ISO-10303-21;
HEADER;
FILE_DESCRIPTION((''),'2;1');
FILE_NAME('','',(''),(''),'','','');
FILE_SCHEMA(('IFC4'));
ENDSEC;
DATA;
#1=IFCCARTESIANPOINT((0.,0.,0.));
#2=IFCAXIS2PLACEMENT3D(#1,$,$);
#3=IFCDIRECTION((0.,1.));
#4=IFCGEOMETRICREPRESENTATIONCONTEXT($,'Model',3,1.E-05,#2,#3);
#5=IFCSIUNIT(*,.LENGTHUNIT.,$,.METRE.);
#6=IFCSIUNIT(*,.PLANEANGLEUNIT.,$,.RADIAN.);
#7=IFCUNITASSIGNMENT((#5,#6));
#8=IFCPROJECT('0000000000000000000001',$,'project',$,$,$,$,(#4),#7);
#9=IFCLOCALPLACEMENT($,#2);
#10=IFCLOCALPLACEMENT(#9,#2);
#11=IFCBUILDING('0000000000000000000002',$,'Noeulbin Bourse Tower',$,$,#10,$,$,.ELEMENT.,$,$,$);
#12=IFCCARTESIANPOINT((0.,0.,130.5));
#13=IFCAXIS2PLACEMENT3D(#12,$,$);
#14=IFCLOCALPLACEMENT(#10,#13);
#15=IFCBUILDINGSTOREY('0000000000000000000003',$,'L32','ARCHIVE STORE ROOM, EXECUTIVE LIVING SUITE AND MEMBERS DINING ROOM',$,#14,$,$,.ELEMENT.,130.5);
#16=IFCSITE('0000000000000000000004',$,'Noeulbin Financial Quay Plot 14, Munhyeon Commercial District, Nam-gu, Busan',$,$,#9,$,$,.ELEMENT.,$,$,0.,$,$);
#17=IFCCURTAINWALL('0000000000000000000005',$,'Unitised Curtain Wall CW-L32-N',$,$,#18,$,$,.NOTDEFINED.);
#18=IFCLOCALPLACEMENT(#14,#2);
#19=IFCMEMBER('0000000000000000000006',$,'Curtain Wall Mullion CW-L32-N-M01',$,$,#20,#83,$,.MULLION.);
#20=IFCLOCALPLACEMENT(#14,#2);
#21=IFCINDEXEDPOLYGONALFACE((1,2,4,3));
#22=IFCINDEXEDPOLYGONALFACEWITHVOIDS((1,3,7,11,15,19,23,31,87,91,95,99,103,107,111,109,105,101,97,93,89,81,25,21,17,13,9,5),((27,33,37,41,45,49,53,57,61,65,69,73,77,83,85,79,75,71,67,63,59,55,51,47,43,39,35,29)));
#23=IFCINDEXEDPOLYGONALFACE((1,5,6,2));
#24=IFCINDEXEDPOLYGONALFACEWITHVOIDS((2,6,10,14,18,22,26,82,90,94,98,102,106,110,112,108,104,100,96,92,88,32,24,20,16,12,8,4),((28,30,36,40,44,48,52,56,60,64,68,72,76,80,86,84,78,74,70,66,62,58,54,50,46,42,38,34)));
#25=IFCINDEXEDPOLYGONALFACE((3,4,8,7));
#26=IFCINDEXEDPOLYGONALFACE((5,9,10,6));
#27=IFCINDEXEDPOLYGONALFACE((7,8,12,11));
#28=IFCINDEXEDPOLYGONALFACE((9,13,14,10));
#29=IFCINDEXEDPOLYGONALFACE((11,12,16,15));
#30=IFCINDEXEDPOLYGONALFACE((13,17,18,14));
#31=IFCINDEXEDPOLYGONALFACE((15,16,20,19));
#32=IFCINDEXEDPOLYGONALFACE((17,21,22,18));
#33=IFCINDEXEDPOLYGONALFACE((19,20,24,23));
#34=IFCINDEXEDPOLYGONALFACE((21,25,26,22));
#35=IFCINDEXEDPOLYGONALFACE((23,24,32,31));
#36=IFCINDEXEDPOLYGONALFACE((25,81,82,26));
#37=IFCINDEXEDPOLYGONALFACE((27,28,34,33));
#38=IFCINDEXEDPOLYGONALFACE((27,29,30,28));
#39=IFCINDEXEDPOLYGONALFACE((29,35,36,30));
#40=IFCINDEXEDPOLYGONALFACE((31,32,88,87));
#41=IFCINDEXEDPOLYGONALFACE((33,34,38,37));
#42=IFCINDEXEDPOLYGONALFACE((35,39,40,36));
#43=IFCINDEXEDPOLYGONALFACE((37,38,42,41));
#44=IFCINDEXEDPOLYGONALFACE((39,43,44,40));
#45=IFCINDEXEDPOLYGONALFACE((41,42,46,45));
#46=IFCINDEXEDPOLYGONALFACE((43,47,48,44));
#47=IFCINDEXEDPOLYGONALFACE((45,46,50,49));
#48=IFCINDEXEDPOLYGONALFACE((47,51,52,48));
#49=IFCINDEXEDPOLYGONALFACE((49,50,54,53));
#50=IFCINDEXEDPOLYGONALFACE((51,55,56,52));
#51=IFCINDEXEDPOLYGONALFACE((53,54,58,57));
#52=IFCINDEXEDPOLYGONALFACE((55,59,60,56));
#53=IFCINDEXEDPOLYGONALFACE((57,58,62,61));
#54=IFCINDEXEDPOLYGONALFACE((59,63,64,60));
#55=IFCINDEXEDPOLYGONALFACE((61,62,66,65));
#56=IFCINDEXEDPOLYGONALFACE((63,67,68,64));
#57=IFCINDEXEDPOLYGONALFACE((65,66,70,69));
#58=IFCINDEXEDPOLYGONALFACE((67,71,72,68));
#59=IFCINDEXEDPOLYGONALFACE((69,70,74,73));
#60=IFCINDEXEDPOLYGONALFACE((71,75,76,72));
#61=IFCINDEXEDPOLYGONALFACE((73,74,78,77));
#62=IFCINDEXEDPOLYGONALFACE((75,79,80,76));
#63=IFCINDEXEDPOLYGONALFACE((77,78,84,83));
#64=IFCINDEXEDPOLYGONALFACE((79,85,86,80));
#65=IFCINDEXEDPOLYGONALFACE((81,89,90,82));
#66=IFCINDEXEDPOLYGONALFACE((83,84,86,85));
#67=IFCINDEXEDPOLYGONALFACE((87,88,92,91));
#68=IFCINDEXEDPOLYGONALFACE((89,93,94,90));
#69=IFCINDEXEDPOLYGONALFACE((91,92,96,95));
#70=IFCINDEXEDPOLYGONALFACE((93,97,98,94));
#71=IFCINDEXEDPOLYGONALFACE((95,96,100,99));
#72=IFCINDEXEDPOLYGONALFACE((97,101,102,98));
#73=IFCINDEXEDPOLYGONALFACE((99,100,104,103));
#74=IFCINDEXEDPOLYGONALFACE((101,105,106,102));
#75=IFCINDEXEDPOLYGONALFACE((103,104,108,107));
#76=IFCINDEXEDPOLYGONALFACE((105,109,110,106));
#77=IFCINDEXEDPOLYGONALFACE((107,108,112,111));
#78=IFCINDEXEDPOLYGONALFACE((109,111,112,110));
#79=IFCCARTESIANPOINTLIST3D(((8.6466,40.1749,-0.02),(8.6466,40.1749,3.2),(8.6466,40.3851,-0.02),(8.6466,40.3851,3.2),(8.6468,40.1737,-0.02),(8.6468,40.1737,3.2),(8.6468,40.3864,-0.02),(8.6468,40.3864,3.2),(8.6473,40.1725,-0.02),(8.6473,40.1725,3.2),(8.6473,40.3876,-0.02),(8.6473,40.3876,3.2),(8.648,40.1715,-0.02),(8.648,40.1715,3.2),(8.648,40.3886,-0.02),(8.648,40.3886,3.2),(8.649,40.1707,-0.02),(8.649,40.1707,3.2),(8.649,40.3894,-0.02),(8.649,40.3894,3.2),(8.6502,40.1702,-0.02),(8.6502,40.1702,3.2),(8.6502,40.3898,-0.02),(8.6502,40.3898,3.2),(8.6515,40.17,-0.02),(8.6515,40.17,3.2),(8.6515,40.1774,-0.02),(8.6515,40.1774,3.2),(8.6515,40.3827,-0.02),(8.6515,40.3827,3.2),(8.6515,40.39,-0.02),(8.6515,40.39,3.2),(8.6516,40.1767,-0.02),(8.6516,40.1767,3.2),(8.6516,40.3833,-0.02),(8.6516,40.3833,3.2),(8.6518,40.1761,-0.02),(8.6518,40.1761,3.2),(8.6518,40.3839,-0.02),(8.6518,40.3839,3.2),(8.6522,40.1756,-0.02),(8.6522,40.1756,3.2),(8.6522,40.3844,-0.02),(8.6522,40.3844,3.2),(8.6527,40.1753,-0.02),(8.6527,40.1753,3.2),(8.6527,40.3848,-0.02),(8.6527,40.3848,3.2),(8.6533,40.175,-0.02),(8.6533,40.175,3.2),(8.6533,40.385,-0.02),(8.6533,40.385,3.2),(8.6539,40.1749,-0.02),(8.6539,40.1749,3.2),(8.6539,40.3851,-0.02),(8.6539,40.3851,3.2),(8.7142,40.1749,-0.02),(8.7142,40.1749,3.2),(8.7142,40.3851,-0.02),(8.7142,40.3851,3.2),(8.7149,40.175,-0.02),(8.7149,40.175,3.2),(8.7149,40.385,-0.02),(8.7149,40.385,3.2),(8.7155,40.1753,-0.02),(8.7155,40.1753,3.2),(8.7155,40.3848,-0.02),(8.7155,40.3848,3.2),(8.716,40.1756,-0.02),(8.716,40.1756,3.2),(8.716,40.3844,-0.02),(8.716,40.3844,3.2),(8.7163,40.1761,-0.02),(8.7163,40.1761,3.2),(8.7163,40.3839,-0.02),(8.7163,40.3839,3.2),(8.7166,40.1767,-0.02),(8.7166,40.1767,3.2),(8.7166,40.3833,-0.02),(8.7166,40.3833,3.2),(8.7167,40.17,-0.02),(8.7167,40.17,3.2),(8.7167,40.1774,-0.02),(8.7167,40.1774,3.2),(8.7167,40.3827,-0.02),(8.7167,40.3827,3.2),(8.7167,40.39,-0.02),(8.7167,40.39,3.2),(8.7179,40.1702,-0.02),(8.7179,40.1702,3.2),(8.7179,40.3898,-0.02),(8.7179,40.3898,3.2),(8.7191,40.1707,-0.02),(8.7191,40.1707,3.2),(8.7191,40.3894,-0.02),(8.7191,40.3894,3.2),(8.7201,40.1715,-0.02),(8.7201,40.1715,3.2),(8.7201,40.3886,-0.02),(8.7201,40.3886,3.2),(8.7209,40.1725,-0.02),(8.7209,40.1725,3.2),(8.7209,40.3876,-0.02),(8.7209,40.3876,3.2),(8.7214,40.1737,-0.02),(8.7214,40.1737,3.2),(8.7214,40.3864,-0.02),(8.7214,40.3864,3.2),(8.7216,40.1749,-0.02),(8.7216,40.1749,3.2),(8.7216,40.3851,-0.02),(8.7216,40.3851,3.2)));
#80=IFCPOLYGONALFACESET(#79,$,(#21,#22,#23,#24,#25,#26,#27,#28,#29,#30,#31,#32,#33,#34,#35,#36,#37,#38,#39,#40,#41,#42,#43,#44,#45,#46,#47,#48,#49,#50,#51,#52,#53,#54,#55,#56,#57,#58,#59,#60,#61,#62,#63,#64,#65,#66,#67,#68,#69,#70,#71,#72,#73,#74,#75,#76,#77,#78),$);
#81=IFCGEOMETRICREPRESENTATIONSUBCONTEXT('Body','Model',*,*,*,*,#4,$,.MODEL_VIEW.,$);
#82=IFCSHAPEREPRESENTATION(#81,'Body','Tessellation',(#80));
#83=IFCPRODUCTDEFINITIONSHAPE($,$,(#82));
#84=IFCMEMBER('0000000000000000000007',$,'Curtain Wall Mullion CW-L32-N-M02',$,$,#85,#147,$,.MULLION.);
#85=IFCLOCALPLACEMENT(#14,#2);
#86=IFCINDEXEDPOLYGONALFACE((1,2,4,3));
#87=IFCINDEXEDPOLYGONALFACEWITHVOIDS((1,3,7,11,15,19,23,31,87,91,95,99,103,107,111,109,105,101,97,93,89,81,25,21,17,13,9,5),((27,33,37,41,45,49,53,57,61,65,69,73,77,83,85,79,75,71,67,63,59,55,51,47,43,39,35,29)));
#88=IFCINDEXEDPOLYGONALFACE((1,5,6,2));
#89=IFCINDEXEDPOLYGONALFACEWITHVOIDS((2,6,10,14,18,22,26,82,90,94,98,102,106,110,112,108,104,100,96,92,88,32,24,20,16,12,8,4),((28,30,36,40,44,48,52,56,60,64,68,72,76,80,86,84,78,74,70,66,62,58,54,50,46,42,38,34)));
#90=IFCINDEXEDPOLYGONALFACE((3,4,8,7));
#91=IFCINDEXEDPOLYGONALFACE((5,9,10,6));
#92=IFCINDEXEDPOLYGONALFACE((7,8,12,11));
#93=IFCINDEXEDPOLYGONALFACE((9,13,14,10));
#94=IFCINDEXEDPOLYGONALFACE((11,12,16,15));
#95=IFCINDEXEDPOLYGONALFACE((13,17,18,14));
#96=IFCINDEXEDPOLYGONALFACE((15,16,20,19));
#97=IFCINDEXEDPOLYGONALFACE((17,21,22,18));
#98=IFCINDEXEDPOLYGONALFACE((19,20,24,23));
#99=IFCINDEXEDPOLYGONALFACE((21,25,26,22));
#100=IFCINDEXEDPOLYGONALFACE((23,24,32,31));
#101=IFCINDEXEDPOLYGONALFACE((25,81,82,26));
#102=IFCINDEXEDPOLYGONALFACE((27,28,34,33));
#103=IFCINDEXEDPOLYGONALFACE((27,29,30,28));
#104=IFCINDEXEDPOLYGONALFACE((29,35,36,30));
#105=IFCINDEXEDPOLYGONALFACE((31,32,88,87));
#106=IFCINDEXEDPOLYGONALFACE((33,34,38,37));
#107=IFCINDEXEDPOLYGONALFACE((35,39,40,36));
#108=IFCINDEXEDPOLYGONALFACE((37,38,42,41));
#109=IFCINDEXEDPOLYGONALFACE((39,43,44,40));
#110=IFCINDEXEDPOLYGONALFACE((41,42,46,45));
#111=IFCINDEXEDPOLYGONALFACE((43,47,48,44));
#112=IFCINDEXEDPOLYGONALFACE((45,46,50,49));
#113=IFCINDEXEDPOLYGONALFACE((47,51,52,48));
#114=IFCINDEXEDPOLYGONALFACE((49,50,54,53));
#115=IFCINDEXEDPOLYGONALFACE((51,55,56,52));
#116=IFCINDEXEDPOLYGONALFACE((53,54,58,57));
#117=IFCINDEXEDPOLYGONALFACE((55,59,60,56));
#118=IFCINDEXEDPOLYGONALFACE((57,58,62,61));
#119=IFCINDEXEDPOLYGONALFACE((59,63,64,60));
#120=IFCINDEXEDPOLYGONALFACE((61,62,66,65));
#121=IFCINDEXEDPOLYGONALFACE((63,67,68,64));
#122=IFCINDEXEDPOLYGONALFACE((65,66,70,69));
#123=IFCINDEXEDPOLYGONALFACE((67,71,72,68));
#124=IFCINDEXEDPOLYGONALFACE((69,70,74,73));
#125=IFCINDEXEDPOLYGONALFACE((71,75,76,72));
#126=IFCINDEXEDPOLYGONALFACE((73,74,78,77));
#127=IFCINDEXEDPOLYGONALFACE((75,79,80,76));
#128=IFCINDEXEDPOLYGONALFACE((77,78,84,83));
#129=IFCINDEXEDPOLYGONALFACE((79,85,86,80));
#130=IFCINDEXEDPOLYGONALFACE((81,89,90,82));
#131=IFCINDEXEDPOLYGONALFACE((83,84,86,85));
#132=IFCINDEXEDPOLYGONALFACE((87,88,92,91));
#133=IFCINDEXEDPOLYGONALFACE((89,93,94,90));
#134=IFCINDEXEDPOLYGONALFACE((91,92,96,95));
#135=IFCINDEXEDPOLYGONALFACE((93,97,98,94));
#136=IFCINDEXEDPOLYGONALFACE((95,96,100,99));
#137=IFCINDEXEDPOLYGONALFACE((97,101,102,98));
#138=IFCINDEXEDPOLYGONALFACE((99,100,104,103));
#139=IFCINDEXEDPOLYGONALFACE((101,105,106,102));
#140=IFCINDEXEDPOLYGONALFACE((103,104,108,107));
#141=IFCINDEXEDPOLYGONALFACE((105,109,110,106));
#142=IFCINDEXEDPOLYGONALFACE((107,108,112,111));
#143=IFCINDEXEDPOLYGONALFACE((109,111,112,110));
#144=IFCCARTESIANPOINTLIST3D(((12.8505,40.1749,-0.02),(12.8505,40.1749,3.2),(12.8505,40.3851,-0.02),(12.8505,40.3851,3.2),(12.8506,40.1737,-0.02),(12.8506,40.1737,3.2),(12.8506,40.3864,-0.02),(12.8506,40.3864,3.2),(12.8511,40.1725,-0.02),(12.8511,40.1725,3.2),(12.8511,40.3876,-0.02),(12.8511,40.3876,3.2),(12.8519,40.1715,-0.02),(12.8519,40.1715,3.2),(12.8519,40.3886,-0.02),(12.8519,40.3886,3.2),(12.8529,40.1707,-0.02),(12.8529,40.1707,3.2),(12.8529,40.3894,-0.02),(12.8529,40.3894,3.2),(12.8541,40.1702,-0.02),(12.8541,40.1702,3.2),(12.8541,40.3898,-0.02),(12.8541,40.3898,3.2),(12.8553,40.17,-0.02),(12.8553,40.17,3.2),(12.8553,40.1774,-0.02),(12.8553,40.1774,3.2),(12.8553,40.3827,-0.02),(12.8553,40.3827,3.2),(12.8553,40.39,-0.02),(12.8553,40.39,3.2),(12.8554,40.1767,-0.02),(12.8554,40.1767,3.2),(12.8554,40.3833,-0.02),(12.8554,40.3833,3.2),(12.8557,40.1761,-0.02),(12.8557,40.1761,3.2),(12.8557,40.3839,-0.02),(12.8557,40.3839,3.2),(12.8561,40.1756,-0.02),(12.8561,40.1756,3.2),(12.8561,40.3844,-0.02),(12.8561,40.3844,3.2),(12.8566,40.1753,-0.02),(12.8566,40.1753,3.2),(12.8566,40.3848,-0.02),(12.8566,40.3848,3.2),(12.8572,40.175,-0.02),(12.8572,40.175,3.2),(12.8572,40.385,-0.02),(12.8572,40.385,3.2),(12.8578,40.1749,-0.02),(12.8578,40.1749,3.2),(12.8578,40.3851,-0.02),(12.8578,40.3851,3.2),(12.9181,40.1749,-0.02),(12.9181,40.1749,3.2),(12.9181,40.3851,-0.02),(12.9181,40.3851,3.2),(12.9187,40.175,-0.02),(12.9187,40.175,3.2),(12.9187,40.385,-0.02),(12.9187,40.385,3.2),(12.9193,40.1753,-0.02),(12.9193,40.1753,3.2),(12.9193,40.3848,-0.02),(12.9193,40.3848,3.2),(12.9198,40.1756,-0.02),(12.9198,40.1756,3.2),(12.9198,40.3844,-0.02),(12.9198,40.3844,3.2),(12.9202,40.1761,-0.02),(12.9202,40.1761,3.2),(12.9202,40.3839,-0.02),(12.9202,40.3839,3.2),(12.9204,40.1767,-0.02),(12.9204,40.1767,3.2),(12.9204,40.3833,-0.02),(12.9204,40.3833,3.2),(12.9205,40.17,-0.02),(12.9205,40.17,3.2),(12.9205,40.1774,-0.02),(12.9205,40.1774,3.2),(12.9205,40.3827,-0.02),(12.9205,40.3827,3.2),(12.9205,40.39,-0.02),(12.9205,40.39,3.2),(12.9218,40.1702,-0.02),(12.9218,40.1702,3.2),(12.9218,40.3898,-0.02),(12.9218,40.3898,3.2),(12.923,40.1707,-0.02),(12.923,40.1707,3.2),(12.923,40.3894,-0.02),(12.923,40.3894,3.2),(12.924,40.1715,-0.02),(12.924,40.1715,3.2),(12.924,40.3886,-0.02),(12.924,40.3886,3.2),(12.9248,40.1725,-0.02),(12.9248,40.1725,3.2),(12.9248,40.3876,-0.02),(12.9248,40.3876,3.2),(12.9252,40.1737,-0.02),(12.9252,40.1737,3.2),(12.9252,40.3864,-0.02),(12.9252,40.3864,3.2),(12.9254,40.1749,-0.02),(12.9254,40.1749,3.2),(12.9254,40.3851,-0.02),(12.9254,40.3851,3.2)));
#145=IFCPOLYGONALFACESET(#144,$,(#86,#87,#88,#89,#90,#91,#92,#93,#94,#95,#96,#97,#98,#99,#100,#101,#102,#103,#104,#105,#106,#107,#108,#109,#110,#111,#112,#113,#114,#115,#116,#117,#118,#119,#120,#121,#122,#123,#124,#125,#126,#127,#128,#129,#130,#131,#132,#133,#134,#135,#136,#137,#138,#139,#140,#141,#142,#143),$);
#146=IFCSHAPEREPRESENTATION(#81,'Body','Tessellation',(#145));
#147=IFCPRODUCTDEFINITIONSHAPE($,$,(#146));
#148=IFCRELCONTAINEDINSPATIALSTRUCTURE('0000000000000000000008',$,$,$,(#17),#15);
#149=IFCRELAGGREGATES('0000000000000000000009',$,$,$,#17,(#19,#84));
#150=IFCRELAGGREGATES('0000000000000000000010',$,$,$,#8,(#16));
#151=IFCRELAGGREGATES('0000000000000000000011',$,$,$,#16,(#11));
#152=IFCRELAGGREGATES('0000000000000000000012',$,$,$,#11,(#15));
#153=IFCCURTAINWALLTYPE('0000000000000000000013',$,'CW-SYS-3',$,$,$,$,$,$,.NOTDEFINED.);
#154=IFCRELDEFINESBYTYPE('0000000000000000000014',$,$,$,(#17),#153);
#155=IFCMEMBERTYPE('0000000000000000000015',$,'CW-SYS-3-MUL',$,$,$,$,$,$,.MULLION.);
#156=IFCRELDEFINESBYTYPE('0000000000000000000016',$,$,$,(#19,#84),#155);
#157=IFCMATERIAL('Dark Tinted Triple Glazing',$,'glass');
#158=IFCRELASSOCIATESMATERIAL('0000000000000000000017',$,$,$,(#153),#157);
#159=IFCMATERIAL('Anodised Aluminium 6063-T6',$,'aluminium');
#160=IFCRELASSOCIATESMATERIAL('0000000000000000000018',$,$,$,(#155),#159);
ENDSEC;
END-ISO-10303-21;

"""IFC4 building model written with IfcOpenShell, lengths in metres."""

from ifc_helpers import new_model, si_unit, direction, frame, origin, origin_2d, place, context, subcontext, project, spatial, hollow_rectangle, extrude, material, material_profile, profile_set, type_object, element, aggregate, save


model = new_model("IFC4")

# Units and contexts
model_context = context("Model", 3, precision=1e-05, world=origin(), true_north=direction((0.0, 1.0)))
body_context = subcontext(model_context, "Body", "Model", "MODEL_VIEW")
ifc_project = project(units=[si_unit("LENGTHUNIT", "METRE"), si_unit("PLANEANGLEUNIT", "RADIAN")], contexts=[model_context])

# Site, building, storey
site_placement = place(None, origin())
site = spatial("IfcSite", under=ifc_project, at=site_placement, Name="Noeulbin Financial Quay Plot 14, Munhyeon Commercial District, Nam-gu, Busan", CompositionType="ELEMENT", RefElevation=0.0)
building_placement = place(site_placement, origin())
building = spatial("IfcBuilding", under=site, at=building_placement, Name="Noeulbin Bourse Tower", CompositionType="ELEMENT")
storey_placement = place(building_placement, frame((0.0, 0.0, 130.5)))
storey = spatial("IfcBuildingStorey", under=building, at=storey_placement, Name="L32", Description="ARCHIVE STORE ROOM, EXECUTIVE LIVING SUITE AND MEMBERS DINING ROOM", CompositionType="ELEMENT", Elevation=130.5)

# Curtain wall, members
ifc_material_1 = material(Name="Dark Tinted Triple Glazing", Category="glass")
curtain_wall_type = type_object("IfcCurtainWallType", Name="CW-SYS-3", PredefinedType="NOTDEFINED", material=ifc_material_1)
curtain_wall_1_placement = place(storey_placement, origin())
curtain_wall_1 = element("IfcCurtainWall", 1, at=curtain_wall_1_placement, inside=storey, type_object=curtain_wall_type, Name="Unitised Curtain Wall CW-L32-N", PredefinedType="NOTDEFINED")
ifc_material_2 = material(Name="Anodised Aluminium 6063-T6", Category="aluminium")
ifc_material_profile_1 = material_profile(ifc_material_2, hollow_rectangle(XDim=0.075, YDim=0.22, WallThickness=0.0049, InnerFilletRadius=0.0024, OuterFilletRadius=0.0049, at=origin_2d()), Name="ALU-MULL-75x220x5", Category="LoadBearing")
ifc_profile_set_1 = profile_set([ifc_material_profile_1], Name="Anodised Aluminium 6063-T6")
member_type_1 = type_object("IfcMemberType", Name="CW-SYS-3-MUL", PredefinedType="MULLION", material=ifc_profile_set_1)
member_1_placement = place(storey_placement, frame((8.6841, 40.28, -0.02), z_axis=(0.0, 0.0, 1.0), x_axis=(1.0, 0.0, 0.0)))
member_1 = element("IfcMember", 2, at=member_1_placement, type_object=member_type_1, Name="Curtain Wall Mullion CW-L32-N-M01", PredefinedType="MULLION", context=body_context, shape_type="SweptSolid", body=[
    extrude(hollow_rectangle(XDim=0.075, YDim=0.22, WallThickness=0.0049, InnerFilletRadius=0.0024, OuterFilletRadius=0.0049, at=origin_2d()), origin(), (0.0, 0.0, 1.0), 3.22),
])
member_2_placement = place(storey_placement, frame((12.8879, 40.28, -0.02), z_axis=(0.0, 0.0, 1.0), x_axis=(1.0, 0.0, 0.0)))
member_2 = element("IfcMember", 3, at=member_2_placement, type_object=member_type_1, Name="Curtain Wall Mullion CW-L32-N-M02", PredefinedType="MULLION", context=body_context, shape_type="SweptSolid", body=[
    extrude(hollow_rectangle(XDim=0.075, YDim=0.22, WallThickness=0.0049, InnerFilletRadius=0.0024, OuterFilletRadius=0.0049, at=origin_2d()), origin(), (0.0, 0.0, 1.0), 3.22),
])

aggregate(curtain_wall_1, [member_1, member_2])

save(model, "model.ifc")
